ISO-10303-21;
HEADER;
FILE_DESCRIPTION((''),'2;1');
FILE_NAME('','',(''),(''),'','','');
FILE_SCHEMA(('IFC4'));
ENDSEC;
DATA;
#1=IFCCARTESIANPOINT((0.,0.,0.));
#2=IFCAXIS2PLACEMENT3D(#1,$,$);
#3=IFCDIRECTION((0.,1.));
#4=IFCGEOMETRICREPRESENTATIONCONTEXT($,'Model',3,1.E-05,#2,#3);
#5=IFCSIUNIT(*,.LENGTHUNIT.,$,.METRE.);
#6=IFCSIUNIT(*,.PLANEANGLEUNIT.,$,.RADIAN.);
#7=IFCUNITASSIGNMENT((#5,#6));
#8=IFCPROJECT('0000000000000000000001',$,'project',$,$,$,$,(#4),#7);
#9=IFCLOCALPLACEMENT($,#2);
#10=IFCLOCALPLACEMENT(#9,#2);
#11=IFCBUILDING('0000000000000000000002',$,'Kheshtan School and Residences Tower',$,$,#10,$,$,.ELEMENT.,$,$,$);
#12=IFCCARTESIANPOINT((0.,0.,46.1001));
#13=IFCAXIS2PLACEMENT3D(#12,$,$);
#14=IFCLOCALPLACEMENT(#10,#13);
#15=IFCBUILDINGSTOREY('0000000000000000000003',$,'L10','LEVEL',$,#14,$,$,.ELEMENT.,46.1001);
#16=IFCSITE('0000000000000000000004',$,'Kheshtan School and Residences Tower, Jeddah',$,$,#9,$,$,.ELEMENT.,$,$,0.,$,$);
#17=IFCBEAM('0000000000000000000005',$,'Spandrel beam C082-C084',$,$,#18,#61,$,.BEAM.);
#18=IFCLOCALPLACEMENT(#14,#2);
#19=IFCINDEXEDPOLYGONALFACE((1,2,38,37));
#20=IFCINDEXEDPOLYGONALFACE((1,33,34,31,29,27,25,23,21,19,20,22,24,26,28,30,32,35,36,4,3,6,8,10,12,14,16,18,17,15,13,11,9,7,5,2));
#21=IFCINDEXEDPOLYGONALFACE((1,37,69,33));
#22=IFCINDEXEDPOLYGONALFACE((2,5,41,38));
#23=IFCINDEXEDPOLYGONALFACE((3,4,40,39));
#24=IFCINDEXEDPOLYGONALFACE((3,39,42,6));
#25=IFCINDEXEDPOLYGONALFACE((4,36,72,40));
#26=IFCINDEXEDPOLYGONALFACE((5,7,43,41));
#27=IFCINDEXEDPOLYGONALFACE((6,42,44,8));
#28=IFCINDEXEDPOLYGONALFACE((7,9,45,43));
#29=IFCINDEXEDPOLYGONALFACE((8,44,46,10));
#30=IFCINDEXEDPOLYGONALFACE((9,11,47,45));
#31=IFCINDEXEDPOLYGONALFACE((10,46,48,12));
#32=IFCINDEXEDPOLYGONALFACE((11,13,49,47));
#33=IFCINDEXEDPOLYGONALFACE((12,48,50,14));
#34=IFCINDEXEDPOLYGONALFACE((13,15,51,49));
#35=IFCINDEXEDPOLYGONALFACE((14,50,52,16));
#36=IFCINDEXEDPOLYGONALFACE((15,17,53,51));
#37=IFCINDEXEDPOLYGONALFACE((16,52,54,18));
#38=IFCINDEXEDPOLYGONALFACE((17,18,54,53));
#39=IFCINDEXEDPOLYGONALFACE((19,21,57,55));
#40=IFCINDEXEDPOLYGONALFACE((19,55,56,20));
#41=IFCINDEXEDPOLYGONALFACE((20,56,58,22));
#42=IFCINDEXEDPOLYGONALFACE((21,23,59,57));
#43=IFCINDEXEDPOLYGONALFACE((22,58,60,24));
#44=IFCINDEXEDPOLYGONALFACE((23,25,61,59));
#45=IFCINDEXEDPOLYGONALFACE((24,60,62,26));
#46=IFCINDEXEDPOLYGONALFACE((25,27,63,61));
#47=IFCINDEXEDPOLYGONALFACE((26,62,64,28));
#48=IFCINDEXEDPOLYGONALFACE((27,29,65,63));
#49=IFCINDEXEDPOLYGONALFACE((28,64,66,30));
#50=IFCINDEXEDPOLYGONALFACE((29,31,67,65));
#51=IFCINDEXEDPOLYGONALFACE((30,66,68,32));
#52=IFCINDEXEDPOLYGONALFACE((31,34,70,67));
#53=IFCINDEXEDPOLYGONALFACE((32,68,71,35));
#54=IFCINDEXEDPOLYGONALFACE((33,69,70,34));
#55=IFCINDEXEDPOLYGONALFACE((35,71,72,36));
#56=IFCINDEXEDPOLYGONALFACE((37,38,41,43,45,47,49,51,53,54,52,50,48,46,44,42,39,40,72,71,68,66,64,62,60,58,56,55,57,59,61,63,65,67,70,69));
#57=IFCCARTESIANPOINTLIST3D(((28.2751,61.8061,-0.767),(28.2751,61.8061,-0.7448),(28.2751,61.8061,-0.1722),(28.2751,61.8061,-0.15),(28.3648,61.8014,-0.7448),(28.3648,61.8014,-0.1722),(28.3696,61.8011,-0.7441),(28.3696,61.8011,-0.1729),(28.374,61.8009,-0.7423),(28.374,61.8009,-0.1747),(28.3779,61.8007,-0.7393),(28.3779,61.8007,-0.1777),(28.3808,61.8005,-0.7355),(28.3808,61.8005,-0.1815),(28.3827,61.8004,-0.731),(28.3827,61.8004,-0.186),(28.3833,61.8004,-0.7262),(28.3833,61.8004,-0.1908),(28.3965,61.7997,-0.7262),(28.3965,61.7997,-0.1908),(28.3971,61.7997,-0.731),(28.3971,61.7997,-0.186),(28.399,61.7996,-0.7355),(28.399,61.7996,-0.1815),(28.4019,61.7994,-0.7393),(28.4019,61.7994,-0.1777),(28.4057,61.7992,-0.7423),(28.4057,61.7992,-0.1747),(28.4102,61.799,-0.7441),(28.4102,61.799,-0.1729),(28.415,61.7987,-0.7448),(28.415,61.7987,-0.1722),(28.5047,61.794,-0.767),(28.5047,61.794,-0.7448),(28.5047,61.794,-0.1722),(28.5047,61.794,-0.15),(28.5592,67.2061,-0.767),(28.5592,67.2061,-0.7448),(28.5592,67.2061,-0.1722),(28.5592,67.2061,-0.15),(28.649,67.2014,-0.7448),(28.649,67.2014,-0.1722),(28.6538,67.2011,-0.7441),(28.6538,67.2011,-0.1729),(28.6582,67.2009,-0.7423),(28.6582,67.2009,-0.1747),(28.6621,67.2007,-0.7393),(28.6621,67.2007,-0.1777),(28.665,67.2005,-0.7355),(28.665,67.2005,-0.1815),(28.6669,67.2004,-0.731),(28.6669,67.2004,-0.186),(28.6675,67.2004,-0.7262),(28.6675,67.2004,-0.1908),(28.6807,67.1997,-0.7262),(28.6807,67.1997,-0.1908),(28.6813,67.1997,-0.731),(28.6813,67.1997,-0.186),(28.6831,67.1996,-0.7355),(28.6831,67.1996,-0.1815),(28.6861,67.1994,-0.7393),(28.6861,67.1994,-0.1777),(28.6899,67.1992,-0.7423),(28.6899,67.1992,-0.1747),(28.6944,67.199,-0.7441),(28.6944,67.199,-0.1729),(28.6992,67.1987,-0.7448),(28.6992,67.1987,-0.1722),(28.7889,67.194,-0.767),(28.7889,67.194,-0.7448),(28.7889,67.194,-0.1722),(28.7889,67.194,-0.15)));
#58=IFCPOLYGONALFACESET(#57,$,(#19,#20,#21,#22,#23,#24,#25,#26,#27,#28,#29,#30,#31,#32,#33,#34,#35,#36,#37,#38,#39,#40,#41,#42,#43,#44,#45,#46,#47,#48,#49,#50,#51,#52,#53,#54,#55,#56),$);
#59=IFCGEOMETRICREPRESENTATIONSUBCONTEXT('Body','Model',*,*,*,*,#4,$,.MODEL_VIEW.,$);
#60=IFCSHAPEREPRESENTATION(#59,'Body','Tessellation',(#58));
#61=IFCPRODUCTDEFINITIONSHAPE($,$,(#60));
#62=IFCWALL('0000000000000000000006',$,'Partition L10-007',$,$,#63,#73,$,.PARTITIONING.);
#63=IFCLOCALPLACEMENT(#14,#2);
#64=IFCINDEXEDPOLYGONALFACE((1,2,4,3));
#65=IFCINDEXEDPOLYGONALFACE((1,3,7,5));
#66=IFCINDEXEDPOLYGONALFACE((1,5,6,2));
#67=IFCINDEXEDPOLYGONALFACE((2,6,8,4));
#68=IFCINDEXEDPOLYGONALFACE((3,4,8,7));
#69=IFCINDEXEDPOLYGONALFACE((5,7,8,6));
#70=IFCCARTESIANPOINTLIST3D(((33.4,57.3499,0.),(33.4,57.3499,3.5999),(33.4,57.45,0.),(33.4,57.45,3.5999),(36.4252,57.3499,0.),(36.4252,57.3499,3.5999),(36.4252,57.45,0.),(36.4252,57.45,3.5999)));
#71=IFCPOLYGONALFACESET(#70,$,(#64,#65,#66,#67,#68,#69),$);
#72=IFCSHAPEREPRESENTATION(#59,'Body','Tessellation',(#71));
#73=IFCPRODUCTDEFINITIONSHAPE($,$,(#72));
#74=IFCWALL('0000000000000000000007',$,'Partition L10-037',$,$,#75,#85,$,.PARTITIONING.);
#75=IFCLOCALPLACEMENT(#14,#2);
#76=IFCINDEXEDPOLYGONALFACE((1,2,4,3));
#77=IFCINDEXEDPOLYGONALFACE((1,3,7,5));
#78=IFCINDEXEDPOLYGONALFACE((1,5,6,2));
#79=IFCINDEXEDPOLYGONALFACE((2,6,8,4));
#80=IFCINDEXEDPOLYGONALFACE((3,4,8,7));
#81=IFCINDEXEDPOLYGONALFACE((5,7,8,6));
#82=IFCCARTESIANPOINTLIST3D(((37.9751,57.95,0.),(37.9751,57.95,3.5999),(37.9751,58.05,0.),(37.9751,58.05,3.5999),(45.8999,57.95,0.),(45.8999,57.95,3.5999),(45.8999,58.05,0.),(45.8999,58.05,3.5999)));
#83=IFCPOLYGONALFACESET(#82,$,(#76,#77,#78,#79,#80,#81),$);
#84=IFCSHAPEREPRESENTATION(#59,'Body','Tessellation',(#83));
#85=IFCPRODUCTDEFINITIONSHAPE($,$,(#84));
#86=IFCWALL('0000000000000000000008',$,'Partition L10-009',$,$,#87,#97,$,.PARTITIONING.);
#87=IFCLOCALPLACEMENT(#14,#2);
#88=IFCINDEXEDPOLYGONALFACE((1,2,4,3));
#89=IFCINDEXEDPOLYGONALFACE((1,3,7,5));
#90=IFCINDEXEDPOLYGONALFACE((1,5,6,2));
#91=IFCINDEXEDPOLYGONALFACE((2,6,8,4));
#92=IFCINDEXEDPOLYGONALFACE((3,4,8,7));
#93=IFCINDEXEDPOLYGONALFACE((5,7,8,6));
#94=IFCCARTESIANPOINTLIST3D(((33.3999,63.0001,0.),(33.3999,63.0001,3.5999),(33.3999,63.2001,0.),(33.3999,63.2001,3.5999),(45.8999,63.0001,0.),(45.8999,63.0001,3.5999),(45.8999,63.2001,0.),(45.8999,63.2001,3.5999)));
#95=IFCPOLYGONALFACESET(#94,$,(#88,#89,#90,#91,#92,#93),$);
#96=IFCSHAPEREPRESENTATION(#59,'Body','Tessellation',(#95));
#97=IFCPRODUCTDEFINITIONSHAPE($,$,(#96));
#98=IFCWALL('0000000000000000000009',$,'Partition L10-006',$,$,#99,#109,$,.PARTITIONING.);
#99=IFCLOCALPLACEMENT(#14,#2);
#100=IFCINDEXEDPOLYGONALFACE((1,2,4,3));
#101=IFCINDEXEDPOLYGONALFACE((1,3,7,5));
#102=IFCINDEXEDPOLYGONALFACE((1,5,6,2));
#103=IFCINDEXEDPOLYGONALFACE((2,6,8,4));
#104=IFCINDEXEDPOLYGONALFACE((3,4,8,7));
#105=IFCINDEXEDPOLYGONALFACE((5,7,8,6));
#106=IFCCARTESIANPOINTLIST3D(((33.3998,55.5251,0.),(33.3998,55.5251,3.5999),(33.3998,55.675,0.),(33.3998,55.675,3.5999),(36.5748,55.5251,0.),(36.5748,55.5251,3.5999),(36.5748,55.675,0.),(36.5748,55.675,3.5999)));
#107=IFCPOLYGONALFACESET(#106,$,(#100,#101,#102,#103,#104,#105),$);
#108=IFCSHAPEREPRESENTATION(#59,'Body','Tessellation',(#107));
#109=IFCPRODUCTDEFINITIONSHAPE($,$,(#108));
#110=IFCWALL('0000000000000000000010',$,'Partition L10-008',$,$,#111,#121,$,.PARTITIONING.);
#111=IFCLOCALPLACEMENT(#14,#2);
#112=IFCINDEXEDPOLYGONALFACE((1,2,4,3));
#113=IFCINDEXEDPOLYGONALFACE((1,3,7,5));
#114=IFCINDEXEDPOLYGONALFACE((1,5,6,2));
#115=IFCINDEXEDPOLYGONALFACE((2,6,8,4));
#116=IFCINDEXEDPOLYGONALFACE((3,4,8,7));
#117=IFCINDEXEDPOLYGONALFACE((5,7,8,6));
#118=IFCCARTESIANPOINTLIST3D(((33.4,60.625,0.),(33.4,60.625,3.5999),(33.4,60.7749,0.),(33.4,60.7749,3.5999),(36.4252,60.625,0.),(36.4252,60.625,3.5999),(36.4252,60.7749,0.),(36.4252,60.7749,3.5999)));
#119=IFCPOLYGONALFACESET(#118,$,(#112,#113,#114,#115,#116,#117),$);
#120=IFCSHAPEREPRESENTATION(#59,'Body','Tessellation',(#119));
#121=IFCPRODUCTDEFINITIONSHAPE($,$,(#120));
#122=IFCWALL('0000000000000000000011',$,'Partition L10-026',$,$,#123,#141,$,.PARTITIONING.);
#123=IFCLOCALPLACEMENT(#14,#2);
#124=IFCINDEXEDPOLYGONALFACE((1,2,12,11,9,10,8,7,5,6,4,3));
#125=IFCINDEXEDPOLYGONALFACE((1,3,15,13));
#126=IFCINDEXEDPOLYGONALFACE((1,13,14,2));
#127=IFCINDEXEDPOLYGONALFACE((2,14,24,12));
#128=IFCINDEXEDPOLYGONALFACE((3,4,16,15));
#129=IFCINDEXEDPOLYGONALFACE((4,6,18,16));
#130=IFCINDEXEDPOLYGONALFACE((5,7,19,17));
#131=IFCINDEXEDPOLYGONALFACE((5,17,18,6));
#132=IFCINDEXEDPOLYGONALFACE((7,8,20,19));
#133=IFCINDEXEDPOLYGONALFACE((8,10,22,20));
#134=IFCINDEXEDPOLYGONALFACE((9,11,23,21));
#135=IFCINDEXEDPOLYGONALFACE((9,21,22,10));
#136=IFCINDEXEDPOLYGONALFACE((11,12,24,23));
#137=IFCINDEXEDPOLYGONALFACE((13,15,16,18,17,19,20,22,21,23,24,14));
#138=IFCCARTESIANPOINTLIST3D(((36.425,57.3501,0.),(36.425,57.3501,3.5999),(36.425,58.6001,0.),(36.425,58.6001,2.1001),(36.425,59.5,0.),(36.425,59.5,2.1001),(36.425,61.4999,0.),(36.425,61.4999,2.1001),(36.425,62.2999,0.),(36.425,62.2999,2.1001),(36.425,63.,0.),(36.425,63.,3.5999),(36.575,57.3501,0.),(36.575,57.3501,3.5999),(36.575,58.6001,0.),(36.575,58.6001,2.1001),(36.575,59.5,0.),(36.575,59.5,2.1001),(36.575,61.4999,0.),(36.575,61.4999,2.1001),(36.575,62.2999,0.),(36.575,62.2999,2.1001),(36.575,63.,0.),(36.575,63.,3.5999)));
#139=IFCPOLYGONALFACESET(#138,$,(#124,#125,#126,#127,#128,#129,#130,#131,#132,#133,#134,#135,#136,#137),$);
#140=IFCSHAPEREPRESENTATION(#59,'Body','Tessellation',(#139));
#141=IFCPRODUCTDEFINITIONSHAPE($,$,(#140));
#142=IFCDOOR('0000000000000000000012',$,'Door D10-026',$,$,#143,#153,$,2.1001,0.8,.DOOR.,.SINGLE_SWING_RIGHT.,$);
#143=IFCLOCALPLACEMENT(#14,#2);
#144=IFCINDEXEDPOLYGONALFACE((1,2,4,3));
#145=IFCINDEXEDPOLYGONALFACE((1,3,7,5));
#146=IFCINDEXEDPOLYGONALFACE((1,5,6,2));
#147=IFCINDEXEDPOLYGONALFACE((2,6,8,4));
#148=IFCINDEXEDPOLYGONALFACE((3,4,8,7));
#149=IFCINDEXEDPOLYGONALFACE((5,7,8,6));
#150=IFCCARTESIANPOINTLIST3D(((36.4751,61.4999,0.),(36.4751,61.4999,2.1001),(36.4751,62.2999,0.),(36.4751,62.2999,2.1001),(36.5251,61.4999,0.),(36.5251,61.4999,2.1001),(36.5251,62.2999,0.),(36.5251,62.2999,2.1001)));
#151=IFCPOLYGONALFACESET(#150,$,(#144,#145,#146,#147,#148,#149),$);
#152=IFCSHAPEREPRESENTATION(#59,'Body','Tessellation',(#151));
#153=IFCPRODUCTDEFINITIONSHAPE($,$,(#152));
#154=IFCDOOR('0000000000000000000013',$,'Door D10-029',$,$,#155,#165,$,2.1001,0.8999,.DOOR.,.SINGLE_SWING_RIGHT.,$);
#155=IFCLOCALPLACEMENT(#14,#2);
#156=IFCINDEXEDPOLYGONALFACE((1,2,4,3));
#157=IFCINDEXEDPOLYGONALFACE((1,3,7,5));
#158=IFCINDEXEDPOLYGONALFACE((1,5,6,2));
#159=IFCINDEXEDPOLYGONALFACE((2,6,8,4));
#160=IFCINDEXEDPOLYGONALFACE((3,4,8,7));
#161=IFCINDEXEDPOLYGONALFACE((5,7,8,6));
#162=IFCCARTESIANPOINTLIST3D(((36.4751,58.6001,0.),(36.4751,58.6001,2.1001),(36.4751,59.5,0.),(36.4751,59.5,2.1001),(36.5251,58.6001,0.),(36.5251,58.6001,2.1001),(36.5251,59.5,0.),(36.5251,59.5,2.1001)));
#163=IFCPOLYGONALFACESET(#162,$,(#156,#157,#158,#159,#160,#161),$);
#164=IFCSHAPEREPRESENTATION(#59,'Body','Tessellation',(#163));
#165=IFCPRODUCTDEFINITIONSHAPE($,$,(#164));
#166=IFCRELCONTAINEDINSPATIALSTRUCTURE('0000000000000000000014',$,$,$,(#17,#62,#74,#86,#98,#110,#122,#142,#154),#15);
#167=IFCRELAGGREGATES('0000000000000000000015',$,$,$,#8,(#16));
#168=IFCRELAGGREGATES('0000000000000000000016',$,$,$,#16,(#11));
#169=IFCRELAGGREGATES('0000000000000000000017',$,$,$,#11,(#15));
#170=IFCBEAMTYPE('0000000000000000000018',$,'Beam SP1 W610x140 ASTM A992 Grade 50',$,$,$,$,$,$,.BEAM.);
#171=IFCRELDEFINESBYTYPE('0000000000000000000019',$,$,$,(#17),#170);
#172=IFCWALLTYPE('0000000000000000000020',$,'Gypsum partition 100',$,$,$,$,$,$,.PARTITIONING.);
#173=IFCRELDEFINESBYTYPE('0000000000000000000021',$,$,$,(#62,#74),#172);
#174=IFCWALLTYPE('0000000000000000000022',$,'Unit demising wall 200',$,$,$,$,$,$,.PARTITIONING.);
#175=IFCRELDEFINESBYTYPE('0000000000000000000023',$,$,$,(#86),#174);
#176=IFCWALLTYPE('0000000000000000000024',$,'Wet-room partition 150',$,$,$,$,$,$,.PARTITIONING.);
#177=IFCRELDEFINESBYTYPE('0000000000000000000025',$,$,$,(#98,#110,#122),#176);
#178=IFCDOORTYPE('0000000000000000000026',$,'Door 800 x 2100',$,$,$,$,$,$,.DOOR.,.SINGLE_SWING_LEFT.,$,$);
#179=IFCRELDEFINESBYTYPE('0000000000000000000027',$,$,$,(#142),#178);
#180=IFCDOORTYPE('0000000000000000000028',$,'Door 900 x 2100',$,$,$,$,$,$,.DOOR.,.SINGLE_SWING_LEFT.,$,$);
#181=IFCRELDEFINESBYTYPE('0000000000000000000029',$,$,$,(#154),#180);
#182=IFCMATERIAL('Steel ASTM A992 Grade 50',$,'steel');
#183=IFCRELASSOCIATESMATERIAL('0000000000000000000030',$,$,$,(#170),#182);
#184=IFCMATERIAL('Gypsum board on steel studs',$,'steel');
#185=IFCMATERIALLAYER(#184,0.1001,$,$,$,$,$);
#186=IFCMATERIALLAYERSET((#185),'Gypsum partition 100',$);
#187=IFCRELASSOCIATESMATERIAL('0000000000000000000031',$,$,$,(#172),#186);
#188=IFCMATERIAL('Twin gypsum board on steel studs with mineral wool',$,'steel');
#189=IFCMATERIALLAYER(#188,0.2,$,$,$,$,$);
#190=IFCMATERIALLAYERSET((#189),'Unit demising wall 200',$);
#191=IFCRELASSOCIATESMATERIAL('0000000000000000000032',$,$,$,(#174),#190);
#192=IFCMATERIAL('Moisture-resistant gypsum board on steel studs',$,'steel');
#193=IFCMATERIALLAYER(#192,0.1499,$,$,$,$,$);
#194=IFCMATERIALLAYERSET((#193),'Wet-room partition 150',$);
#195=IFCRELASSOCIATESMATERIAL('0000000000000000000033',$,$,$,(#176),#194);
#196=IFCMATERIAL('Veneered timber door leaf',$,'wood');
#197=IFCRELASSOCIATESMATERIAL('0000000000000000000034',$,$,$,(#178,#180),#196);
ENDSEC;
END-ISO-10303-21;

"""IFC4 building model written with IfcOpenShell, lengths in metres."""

from ifc_helpers import new_model, si_unit, direction, frame, frame_2d, origin, origin_2d, place, context, subcontext, project, spatial, rectangle, i_section, extrude, source, transform, mapped, material, layer, layer_set, material_profile, profile_set, type_object, element, fill, save


model = new_model("IFC4")

# Units and contexts
model_context = context("Model", 3, precision=1e-05, world=origin(), true_north=direction((0.0, 1.0)))
body_context = subcontext(model_context, "Body", "Model", "MODEL_VIEW")
ifc_project = project(units=[si_unit("LENGTHUNIT", "METRE"), si_unit("PLANEANGLEUNIT", "RADIAN")], contexts=[model_context])

# Site, building, storey
site_placement = place(None, origin())
site = spatial("IfcSite", under=ifc_project, at=site_placement, Name="Kheshtan School and Residences Tower, Jeddah", CompositionType="ELEMENT", RefElevation=0.0)
building_placement = place(site_placement, origin())
building = spatial("IfcBuilding", under=site, at=building_placement, Name="Kheshtan School and Residences Tower", CompositionType="ELEMENT")
storey_placement = place(building_placement, frame((0.0, 0.0, 46.1001)))
storey = spatial("IfcBuildingStorey", under=building, at=storey_placement, Name="L10", Description="LEVEL", CompositionType="ELEMENT", Elevation=46.1001)

# Shared definitions
ifc_material_1 = material(Name="Steel ASTM A992 Grade 50", Category="steel")

# Beam
ifc_material_profile_1 = material_profile(ifc_material_1, i_section(OverallWidth=0.23, OverallDepth=0.6169, WebThickness=0.0132, FlangeThickness=0.0222, FilletRadius=0.0186, at=origin_2d()), Name="W610x140")
ifc_profile_set_1 = profile_set([ifc_material_profile_1], Name="Steel ASTM A992 Grade 50")
beam_type_1 = type_object("IfcBeamType", Name="Beam SP1 W610x140 ASTM A992 Grade 50", PredefinedType="BEAM", material=ifc_profile_set_1)
beam_1_placement = place(storey_placement, frame((28.3899, 61.8, -0.4585), z_axis=(0.052554, 0.998618, 0.0), x_axis=(-0.998618, 0.052554, 0.0)))
element("IfcBeam", 1, at=beam_1_placement, inside=storey, type_object=beam_type_1, Name="Spandrel beam C082-C084", PredefinedType="BEAM", context=body_context, shape_type="SweptSolid", body=[
    extrude(i_section(OverallWidth=0.23, OverallDepth=0.6169, WebThickness=0.0132, FlangeThickness=0.0222, FilletRadius=0.0186, at=origin_2d()), origin(), (0.0, 0.0, 1.0), 5.4075),
])

# Walls
ifc_material_2 = material(Name="Gypsum board on steel studs", Category="steel")
ifc_layer_1 = layer(ifc_material_2, 0.1001)
ifc_layer_set_1 = layer_set([ifc_layer_1], Name="Gypsum partition 100")
wall_type_1 = type_object("IfcWallType", Name="Gypsum partition 100", PredefinedType="PARTITIONING", material=ifc_layer_set_1)
wall_1_placement = place(storey_placement, frame((33.3999, 57.3999, 0.0), z_axis=(0.0, 0.0, 1.0), x_axis=(1.0, 0.0, 0.0)))
element("IfcWall", 2, at=wall_1_placement, inside=storey, type_object=wall_type_1, Name="Partition L10-007", PredefinedType="PARTITIONING", context=body_context, shape_type="SweptSolid", body=[
    extrude(rectangle(XDim=3.0251, YDim=0.1001, at=frame_2d((1.5127, 0.0))), origin(), (0.0, 0.0, 1.0), 3.5999),
])
wall_2_placement = place(storey_placement, frame((37.9751, 58.0, 0.0), z_axis=(0.0, 0.0, 1.0), x_axis=(1.0, 0.0, 0.0)))
element("IfcWall", 3, at=wall_2_placement, inside=storey, type_object=wall_type_1, Name="Partition L10-037", PredefinedType="PARTITIONING", context=body_context, shape_type="SweptSolid", body=[
    extrude(rectangle(XDim=7.9248, YDim=0.1001, at=frame_2d((3.9624, 0.0))), origin(), (0.0, 0.0, 1.0), 3.5999),
])
ifc_material_3 = material(Name="Twin gypsum board on steel studs with mineral wool", Category="steel")
ifc_layer_2 = layer(ifc_material_3, 0.2)
ifc_layer_set_2 = layer_set([ifc_layer_2], Name="Unit demising wall 200")
wall_type_2 = type_object("IfcWallType", Name="Unit demising wall 200", PredefinedType="PARTITIONING", material=ifc_layer_set_2)
wall_3_placement = place(storey_placement, frame((33.3999, 63.1001, 0.0), z_axis=(0.0, 0.0, 1.0), x_axis=(1.0, 0.0, 0.0)))
element("IfcWall", 4, at=wall_3_placement, inside=storey, type_object=wall_type_2, Name="Partition L10-009", PredefinedType="PARTITIONING", context=body_context, shape_type="SweptSolid", body=[
    extrude(rectangle(XDim=12.5, YDim=0.2, at=frame_2d((6.25, 0.0))), origin(), (0.0, 0.0, 1.0), 3.5999),
])
ifc_material_4 = material(Name="Moisture-resistant gypsum board on steel studs", Category="steel")
ifc_layer_3 = layer(ifc_material_4, 0.1499)
ifc_layer_set_3 = layer_set([ifc_layer_3], Name="Wet-room partition 150")
wall_type_3 = type_object("IfcWallType", Name="Wet-room partition 150", PredefinedType="PARTITIONING", material=ifc_layer_set_3)
wall_4_placement = place(storey_placement, frame((33.3999, 55.6001, 0.0), z_axis=(0.0, 0.0, 1.0), x_axis=(1.0, 0.0, 0.0)))
element("IfcWall", 5, at=wall_4_placement, inside=storey, type_object=wall_type_3, Name="Partition L10-006", PredefinedType="PARTITIONING", context=body_context, shape_type="SweptSolid", body=[
    extrude(rectangle(XDim=3.175, YDim=0.1499, at=frame_2d((1.5874, 0.0))), origin(), (0.0, 0.0, 1.0), 3.5999),
])
wall_5_placement = place(storey_placement, frame((33.3999, 60.7, 0.0), z_axis=(0.0, 0.0, 1.0), x_axis=(1.0, 0.0, 0.0)))
element("IfcWall", 6, at=wall_5_placement, inside=storey, type_object=wall_type_3, Name="Partition L10-008", PredefinedType="PARTITIONING", context=body_context, shape_type="SweptSolid", body=[
    extrude(rectangle(XDim=3.0251, YDim=0.1499, at=frame_2d((1.5127, 0.0))), origin(), (0.0, 0.0, 1.0), 3.5999),
])

# Wall, openings, doors
wall_6_placement = place(storey_placement, frame((36.5, 57.3501, 0.0), z_axis=(0.0, 0.0, 1.0), x_axis=(0.0, 1.0, 0.0)))
wall_6 = element("IfcWall", 7, at=wall_6_placement, inside=storey, type_object=wall_type_3, Name="Partition L10-026", PredefinedType="PARTITIONING", context=body_context, shape_type="SweptSolid", body=[
    extrude(rectangle(XDim=5.6499, YDim=0.1499, at=frame_2d((2.825, 0.0))), origin(), (0.0, 0.0, 1.0), 3.5999),
])
opening_1_placement = place(wall_6_placement, frame((4.1499, 0.0, 0.0)))
opening_1 = element("IfcOpeningElement", 8, at=opening_1_placement, cuts=wall_6, PredefinedType="OPENING", context=body_context, shape_type="SweptSolid", body=[
    extrude(rectangle(XDim=0.8, YDim=2.1001, at=frame_2d((0.3999, 1.05))), frame((0.0, 0.085, 0.0), z_axis=(0.0, -1.0, 0.0), x_axis=(1.0, 0.0, 0.0)), (0.0, 0.0, 1.0), 0.1699),
])
opening_2_placement = place(wall_6_placement, frame((1.25, 0.0, 0.0)))
opening_2 = element("IfcOpeningElement", 9, at=opening_2_placement, cuts=wall_6, PredefinedType="OPENING", context=body_context, shape_type="SweptSolid", body=[
    extrude(rectangle(XDim=0.8999, YDim=2.1001, at=frame_2d((0.45, 1.05))), frame((0.0, 0.085, 0.0), z_axis=(0.0, -1.0, 0.0), x_axis=(1.0, 0.0, 0.0)), (0.0, 0.0, 1.0), 0.1699),
])
ifc_material_5 = material(Name="Veneered timber door leaf", Category="wood")
door_type_1 = type_object("IfcDoorType", Name="Door 800 x 2100", OperationType="SINGLE_SWING_LEFT", PredefinedType="DOOR", material=ifc_material_5)
shared_shape_1 = source(origin(), body_context, "Body", "SweptSolid", [
    extrude(rectangle(XDim=0.8, YDim=2.1001, at=frame_2d((0.3999, 1.05))), frame((0.0, 0.0249, 0.0), z_axis=(0.0, -1.0, 0.0), x_axis=(1.0, 0.0, 0.0)), (0.0, 0.0, 1.0), 0.05),
])
door_1_placement = place(opening_1_placement, origin())
door_1 = element("IfcDoor", 10, at=door_1_placement, inside=storey, type_object=door_type_1, Name="Door D10-026", OperationType="SINGLE_SWING_RIGHT", OverallHeight=2.1001, OverallWidth=0.8, PredefinedType="DOOR", context=body_context, shape_type="MappedRepresentation", body=[
    mapped(shared_shape_1, transform((0.0, 0.0, 0.0), x_axis=(1.0, 0.0, 0.0), y_axis=(0.0, 1.0, 0.0), z_axis=(0.0, 0.0, 1.0), scale=1.0)),
])
fill(opening_1, door_1)
door_type_2 = type_object("IfcDoorType", Name="Door 900 x 2100", OperationType="SINGLE_SWING_LEFT", PredefinedType="DOOR", material=ifc_material_5)
shared_shape_2 = source(origin(), body_context, "Body", "SweptSolid", [
    extrude(rectangle(XDim=0.8999, YDim=2.1001, at=frame_2d((0.45, 1.05))), frame((0.0, 0.0249, 0.0), z_axis=(0.0, -1.0, 0.0), x_axis=(1.0, 0.0, 0.0)), (0.0, 0.0, 1.0), 0.05),
])
door_2_placement = place(opening_2_placement, origin())
door_2 = element("IfcDoor", 11, at=door_2_placement, inside=storey, type_object=door_type_2, Name="Door D10-029", OperationType="SINGLE_SWING_RIGHT", OverallHeight=2.1001, OverallWidth=0.8999, PredefinedType="DOOR", context=body_context, shape_type="MappedRepresentation", body=[
    mapped(shared_shape_2, transform((0.0, 0.0, 0.0), x_axis=(1.0, 0.0, 0.0), y_axis=(0.0, 1.0, 0.0), z_axis=(0.0, 0.0, 1.0), scale=1.0)),
])
fill(opening_2, door_2)

save(model, "model.ifc")
